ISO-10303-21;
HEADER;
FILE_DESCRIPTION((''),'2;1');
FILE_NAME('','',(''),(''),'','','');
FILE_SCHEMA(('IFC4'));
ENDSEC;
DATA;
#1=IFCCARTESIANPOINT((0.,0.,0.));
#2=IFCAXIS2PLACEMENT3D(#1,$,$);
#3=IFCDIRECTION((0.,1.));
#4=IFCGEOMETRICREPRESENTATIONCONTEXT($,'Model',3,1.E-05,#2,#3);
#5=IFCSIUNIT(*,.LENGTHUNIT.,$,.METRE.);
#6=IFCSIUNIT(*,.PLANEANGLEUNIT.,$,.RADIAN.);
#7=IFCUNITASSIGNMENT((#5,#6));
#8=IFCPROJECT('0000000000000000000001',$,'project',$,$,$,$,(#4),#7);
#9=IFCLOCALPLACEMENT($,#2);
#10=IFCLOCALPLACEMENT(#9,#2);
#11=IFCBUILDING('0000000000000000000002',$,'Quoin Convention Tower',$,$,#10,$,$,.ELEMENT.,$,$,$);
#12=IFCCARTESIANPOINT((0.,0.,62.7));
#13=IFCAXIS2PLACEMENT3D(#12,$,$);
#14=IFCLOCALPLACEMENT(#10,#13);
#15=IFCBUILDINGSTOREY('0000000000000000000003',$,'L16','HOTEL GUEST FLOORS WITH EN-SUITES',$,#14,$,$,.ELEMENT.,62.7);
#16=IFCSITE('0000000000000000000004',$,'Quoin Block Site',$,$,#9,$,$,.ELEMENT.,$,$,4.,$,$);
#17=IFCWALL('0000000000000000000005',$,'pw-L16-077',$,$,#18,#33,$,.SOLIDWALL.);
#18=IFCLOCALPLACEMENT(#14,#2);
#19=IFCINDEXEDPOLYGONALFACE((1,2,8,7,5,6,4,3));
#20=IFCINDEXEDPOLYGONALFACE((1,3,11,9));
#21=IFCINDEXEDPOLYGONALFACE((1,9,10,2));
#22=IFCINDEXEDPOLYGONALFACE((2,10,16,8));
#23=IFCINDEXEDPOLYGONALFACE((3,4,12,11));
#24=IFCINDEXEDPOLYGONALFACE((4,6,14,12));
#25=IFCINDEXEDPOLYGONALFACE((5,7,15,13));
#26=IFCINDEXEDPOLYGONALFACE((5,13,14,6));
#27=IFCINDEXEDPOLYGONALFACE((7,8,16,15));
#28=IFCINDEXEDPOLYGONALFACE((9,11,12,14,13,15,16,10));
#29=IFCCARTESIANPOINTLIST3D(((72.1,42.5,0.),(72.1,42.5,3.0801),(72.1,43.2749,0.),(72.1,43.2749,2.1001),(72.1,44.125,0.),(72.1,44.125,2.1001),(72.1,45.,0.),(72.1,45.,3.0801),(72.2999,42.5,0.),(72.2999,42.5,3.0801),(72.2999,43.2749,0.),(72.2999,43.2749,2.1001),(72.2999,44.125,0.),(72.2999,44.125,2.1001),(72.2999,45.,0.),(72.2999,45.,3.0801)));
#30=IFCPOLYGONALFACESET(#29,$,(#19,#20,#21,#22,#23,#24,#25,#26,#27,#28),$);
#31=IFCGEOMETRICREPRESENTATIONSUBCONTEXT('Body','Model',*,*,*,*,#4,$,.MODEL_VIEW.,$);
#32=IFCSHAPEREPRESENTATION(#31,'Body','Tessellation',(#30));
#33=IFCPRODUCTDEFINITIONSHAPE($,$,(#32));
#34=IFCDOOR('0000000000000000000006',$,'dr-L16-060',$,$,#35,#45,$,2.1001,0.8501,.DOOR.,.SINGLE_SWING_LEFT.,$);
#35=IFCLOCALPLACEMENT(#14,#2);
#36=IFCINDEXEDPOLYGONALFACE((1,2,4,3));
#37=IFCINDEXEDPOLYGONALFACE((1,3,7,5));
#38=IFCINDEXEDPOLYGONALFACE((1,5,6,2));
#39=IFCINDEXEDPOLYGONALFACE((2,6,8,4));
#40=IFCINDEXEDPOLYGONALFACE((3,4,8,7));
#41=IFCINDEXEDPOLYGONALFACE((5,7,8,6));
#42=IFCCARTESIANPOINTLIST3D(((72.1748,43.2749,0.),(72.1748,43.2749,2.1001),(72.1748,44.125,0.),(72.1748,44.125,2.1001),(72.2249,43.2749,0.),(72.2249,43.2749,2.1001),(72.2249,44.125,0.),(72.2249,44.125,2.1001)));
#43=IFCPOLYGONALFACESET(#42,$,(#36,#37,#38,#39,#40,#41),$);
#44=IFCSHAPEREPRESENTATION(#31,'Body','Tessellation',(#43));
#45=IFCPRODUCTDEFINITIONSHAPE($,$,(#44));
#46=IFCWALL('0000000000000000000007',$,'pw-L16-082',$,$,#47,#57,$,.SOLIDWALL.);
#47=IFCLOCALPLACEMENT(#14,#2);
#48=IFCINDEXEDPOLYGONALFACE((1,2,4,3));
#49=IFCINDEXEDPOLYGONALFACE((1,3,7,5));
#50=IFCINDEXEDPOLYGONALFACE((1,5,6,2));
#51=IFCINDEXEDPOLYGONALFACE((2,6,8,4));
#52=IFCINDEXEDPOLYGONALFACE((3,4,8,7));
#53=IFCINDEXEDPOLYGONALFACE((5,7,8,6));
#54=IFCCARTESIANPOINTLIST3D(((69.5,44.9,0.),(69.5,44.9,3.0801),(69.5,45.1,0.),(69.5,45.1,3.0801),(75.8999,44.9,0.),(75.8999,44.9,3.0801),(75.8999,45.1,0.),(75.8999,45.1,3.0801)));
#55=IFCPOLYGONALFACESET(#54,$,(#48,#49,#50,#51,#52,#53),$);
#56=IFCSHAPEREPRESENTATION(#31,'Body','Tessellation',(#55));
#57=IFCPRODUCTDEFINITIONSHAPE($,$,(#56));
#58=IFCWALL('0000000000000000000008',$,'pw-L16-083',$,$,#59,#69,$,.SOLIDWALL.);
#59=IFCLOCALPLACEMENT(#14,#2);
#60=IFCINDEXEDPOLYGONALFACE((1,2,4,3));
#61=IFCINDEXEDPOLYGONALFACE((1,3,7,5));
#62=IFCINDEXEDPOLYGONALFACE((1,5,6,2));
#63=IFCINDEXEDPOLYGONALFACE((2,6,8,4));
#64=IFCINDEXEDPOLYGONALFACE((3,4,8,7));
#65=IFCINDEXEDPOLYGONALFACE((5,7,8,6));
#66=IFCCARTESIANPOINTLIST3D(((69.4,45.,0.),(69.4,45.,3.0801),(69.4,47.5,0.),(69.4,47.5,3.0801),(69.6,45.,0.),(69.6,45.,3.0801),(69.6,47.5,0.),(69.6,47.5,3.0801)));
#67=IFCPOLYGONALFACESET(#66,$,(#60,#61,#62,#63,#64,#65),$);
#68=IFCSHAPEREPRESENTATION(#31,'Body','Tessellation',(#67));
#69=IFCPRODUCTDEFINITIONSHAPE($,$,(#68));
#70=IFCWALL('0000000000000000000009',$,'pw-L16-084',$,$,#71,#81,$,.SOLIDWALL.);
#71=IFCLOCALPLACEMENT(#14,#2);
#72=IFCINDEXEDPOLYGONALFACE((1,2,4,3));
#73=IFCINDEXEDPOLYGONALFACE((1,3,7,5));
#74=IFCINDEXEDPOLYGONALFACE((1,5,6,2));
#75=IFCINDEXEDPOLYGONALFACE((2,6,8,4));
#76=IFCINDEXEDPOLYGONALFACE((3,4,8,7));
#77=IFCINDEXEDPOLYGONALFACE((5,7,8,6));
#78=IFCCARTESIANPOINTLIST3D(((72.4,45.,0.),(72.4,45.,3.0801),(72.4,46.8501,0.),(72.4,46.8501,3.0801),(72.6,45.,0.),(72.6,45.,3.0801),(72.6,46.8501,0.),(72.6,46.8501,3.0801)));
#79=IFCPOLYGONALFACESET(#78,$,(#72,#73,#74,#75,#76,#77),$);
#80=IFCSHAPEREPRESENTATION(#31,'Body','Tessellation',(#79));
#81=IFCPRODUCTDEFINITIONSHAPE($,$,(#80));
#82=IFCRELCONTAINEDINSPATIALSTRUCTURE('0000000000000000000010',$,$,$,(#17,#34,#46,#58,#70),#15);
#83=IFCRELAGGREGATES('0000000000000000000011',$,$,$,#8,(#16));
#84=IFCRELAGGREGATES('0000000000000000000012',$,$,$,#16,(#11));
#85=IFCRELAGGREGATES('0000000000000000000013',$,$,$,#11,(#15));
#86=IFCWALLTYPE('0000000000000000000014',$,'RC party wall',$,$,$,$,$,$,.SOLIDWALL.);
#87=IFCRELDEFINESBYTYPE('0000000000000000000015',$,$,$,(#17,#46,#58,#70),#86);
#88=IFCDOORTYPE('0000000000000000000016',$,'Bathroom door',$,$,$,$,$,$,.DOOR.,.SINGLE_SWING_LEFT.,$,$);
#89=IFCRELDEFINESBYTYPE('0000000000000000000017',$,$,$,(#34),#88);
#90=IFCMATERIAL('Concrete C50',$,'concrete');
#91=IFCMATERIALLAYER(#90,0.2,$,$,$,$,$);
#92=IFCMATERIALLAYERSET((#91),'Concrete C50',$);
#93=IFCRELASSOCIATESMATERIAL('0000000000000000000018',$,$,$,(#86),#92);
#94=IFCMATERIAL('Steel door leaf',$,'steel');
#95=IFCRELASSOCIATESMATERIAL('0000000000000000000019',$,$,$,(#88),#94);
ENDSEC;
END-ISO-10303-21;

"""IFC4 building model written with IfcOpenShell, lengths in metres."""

from ifc_helpers import new_model, si_unit, direction, frame, frame_2d, origin, place, context, subcontext, project, spatial, rectangle, extrude, material, layer, layer_set, type_object, element, fill, save


model = new_model("IFC4")

# Units and contexts
model_context = context("Model", 3, precision=1e-05, world=origin(), true_north=direction((0.0, 1.0)))
body_context = subcontext(model_context, "Body", "Model", "MODEL_VIEW")
ifc_project = project(units=[si_unit("LENGTHUNIT", "METRE"), si_unit("PLANEANGLEUNIT", "RADIAN")], contexts=[model_context])

# Site, building, storey
site_placement = place(None, origin())
site = spatial("IfcSite", under=ifc_project, at=site_placement, Name="Quoin Block Site", CompositionType="ELEMENT", RefElevation=4.0)
building_placement = place(site_placement, origin())
building = spatial("IfcBuilding", under=site, at=building_placement, Name="Quoin Convention Tower", CompositionType="ELEMENT")
storey_placement = place(building_placement, frame((0.0, 0.0, 62.7)))
storey = spatial("IfcBuildingStorey", under=building, at=storey_placement, Name="L16", Description="HOTEL GUEST FLOORS WITH EN-SUITES", CompositionType="ELEMENT", Elevation=62.7)

# Shared definitions
ifc_material_1 = material(Name="Concrete C50", Category="concrete")
ifc_layer_1 = layer(ifc_material_1, 0.2)
ifc_layer_set_1 = layer_set([ifc_layer_1], Name="Concrete C50")
wall_type_1 = type_object("IfcWallType", Name="RC party wall", PredefinedType="SOLIDWALL", material=ifc_layer_set_1)

# Wall, opening, door
wall_1_placement = place(storey_placement, frame((72.2, 42.5, 0.0), z_axis=(0.0, 0.0, 1.0), x_axis=(0.0, 1.0, 0.0)))
wall_1 = element("IfcWall", 1, at=wall_1_placement, inside=storey, type_object=wall_type_1, Name="pw-L16-077", PredefinedType="SOLIDWALL", context=body_context, shape_type="SweptSolid", body=[
    extrude(rectangle(XDim=2.5, YDim=0.2, at=frame_2d((1.25, 0.0))), origin(), (0.0, 0.0, 1.0), 3.0801),
])
opening_1_placement = place(wall_1_placement, frame((0.7749, 0.0, 0.0)))
opening_1 = element("IfcOpeningElement", 2, at=opening_1_placement, cuts=wall_1, PredefinedType="OPENING", context=body_context, shape_type="SweptSolid", body=[
    extrude(rectangle(XDim=0.8501, YDim=2.1001, at=frame_2d((0.425, 1.05))), frame((0.0, 0.1099, 0.0), z_axis=(0.0, -1.0, 0.0), x_axis=(1.0, 0.0, 0.0)), (0.0, 0.0, 1.0), 0.22),
])
ifc_material_2 = material(Name="Steel door leaf", Category="steel")
door_type = type_object("IfcDoorType", Name="Bathroom door", OperationType="SINGLE_SWING_LEFT", PredefinedType="DOOR", material=ifc_material_2)
door_placement = place(opening_1_placement, frame((0.8501, 0.0, 0.0), z_axis=(0.0, 0.0, 1.0), x_axis=(-1.0, 0.0, 0.0)))
door = element("IfcDoor", 3, at=door_placement, inside=storey, type_object=door_type, Name="dr-L16-060", OperationType="SINGLE_SWING_LEFT", OverallHeight=2.1001, OverallWidth=0.8501, PredefinedType="DOOR", context=body_context, shape_type="SweptSolid", body=[
    extrude(rectangle(XDim=0.8501, YDim=2.1001, at=frame_2d((0.425, 1.05))), frame((0.0, 0.0249, 0.0), z_axis=(0.0, -1.0, 0.0), x_axis=(1.0, 0.0, 0.0)), (0.0, 0.0, 1.0), 0.05),
])
fill(opening_1, door)

# Walls
wall_2_placement = place(storey_placement, frame((69.5, 45.0, 0.0), z_axis=(0.0, 0.0, 1.0), x_axis=(1.0, 0.0, 0.0)))
element("IfcWall", 4, at=wall_2_placement, inside=storey, type_object=wall_type_1, Name="pw-L16-082", PredefinedType="SOLIDWALL", context=body_context, shape_type="SweptSolid", body=[
    extrude(rectangle(XDim=6.3999, YDim=0.2, at=frame_2d((3.2, 0.0))), origin(), (0.0, 0.0, 1.0), 3.0801),
])
wall_3_placement = place(storey_placement, frame((69.5, 45.0, 0.0), z_axis=(0.0, 0.0, 1.0), x_axis=(0.0, 1.0, 0.0)))
element("IfcWall", 5, at=wall_3_placement, inside=storey, type_object=wall_type_1, Name="pw-L16-083", PredefinedType="SOLIDWALL", context=body_context, shape_type="SweptSolid", body=[
    extrude(rectangle(XDim=2.5, YDim=0.2, at=frame_2d((1.25, 0.0))), origin(), (0.0, 0.0, 1.0), 3.0801),
])
wall_4_placement = place(storey_placement, frame((72.5, 45.0, 0.0), z_axis=(0.0, 0.0, 1.0), x_axis=(0.0, 1.0, 0.0)))
element("IfcWall", 6, at=wall_4_placement, inside=storey, type_object=wall_type_1, Name="pw-L16-084", PredefinedType="SOLIDWALL", context=body_context, shape_type="SweptSolid", body=[
    extrude(rectangle(XDim=1.8501, YDim=0.2, at=frame_2d((0.925, 0.0))), origin(), (0.0, 0.0, 1.0), 3.0801),
])

save(model, "model.ifc")
